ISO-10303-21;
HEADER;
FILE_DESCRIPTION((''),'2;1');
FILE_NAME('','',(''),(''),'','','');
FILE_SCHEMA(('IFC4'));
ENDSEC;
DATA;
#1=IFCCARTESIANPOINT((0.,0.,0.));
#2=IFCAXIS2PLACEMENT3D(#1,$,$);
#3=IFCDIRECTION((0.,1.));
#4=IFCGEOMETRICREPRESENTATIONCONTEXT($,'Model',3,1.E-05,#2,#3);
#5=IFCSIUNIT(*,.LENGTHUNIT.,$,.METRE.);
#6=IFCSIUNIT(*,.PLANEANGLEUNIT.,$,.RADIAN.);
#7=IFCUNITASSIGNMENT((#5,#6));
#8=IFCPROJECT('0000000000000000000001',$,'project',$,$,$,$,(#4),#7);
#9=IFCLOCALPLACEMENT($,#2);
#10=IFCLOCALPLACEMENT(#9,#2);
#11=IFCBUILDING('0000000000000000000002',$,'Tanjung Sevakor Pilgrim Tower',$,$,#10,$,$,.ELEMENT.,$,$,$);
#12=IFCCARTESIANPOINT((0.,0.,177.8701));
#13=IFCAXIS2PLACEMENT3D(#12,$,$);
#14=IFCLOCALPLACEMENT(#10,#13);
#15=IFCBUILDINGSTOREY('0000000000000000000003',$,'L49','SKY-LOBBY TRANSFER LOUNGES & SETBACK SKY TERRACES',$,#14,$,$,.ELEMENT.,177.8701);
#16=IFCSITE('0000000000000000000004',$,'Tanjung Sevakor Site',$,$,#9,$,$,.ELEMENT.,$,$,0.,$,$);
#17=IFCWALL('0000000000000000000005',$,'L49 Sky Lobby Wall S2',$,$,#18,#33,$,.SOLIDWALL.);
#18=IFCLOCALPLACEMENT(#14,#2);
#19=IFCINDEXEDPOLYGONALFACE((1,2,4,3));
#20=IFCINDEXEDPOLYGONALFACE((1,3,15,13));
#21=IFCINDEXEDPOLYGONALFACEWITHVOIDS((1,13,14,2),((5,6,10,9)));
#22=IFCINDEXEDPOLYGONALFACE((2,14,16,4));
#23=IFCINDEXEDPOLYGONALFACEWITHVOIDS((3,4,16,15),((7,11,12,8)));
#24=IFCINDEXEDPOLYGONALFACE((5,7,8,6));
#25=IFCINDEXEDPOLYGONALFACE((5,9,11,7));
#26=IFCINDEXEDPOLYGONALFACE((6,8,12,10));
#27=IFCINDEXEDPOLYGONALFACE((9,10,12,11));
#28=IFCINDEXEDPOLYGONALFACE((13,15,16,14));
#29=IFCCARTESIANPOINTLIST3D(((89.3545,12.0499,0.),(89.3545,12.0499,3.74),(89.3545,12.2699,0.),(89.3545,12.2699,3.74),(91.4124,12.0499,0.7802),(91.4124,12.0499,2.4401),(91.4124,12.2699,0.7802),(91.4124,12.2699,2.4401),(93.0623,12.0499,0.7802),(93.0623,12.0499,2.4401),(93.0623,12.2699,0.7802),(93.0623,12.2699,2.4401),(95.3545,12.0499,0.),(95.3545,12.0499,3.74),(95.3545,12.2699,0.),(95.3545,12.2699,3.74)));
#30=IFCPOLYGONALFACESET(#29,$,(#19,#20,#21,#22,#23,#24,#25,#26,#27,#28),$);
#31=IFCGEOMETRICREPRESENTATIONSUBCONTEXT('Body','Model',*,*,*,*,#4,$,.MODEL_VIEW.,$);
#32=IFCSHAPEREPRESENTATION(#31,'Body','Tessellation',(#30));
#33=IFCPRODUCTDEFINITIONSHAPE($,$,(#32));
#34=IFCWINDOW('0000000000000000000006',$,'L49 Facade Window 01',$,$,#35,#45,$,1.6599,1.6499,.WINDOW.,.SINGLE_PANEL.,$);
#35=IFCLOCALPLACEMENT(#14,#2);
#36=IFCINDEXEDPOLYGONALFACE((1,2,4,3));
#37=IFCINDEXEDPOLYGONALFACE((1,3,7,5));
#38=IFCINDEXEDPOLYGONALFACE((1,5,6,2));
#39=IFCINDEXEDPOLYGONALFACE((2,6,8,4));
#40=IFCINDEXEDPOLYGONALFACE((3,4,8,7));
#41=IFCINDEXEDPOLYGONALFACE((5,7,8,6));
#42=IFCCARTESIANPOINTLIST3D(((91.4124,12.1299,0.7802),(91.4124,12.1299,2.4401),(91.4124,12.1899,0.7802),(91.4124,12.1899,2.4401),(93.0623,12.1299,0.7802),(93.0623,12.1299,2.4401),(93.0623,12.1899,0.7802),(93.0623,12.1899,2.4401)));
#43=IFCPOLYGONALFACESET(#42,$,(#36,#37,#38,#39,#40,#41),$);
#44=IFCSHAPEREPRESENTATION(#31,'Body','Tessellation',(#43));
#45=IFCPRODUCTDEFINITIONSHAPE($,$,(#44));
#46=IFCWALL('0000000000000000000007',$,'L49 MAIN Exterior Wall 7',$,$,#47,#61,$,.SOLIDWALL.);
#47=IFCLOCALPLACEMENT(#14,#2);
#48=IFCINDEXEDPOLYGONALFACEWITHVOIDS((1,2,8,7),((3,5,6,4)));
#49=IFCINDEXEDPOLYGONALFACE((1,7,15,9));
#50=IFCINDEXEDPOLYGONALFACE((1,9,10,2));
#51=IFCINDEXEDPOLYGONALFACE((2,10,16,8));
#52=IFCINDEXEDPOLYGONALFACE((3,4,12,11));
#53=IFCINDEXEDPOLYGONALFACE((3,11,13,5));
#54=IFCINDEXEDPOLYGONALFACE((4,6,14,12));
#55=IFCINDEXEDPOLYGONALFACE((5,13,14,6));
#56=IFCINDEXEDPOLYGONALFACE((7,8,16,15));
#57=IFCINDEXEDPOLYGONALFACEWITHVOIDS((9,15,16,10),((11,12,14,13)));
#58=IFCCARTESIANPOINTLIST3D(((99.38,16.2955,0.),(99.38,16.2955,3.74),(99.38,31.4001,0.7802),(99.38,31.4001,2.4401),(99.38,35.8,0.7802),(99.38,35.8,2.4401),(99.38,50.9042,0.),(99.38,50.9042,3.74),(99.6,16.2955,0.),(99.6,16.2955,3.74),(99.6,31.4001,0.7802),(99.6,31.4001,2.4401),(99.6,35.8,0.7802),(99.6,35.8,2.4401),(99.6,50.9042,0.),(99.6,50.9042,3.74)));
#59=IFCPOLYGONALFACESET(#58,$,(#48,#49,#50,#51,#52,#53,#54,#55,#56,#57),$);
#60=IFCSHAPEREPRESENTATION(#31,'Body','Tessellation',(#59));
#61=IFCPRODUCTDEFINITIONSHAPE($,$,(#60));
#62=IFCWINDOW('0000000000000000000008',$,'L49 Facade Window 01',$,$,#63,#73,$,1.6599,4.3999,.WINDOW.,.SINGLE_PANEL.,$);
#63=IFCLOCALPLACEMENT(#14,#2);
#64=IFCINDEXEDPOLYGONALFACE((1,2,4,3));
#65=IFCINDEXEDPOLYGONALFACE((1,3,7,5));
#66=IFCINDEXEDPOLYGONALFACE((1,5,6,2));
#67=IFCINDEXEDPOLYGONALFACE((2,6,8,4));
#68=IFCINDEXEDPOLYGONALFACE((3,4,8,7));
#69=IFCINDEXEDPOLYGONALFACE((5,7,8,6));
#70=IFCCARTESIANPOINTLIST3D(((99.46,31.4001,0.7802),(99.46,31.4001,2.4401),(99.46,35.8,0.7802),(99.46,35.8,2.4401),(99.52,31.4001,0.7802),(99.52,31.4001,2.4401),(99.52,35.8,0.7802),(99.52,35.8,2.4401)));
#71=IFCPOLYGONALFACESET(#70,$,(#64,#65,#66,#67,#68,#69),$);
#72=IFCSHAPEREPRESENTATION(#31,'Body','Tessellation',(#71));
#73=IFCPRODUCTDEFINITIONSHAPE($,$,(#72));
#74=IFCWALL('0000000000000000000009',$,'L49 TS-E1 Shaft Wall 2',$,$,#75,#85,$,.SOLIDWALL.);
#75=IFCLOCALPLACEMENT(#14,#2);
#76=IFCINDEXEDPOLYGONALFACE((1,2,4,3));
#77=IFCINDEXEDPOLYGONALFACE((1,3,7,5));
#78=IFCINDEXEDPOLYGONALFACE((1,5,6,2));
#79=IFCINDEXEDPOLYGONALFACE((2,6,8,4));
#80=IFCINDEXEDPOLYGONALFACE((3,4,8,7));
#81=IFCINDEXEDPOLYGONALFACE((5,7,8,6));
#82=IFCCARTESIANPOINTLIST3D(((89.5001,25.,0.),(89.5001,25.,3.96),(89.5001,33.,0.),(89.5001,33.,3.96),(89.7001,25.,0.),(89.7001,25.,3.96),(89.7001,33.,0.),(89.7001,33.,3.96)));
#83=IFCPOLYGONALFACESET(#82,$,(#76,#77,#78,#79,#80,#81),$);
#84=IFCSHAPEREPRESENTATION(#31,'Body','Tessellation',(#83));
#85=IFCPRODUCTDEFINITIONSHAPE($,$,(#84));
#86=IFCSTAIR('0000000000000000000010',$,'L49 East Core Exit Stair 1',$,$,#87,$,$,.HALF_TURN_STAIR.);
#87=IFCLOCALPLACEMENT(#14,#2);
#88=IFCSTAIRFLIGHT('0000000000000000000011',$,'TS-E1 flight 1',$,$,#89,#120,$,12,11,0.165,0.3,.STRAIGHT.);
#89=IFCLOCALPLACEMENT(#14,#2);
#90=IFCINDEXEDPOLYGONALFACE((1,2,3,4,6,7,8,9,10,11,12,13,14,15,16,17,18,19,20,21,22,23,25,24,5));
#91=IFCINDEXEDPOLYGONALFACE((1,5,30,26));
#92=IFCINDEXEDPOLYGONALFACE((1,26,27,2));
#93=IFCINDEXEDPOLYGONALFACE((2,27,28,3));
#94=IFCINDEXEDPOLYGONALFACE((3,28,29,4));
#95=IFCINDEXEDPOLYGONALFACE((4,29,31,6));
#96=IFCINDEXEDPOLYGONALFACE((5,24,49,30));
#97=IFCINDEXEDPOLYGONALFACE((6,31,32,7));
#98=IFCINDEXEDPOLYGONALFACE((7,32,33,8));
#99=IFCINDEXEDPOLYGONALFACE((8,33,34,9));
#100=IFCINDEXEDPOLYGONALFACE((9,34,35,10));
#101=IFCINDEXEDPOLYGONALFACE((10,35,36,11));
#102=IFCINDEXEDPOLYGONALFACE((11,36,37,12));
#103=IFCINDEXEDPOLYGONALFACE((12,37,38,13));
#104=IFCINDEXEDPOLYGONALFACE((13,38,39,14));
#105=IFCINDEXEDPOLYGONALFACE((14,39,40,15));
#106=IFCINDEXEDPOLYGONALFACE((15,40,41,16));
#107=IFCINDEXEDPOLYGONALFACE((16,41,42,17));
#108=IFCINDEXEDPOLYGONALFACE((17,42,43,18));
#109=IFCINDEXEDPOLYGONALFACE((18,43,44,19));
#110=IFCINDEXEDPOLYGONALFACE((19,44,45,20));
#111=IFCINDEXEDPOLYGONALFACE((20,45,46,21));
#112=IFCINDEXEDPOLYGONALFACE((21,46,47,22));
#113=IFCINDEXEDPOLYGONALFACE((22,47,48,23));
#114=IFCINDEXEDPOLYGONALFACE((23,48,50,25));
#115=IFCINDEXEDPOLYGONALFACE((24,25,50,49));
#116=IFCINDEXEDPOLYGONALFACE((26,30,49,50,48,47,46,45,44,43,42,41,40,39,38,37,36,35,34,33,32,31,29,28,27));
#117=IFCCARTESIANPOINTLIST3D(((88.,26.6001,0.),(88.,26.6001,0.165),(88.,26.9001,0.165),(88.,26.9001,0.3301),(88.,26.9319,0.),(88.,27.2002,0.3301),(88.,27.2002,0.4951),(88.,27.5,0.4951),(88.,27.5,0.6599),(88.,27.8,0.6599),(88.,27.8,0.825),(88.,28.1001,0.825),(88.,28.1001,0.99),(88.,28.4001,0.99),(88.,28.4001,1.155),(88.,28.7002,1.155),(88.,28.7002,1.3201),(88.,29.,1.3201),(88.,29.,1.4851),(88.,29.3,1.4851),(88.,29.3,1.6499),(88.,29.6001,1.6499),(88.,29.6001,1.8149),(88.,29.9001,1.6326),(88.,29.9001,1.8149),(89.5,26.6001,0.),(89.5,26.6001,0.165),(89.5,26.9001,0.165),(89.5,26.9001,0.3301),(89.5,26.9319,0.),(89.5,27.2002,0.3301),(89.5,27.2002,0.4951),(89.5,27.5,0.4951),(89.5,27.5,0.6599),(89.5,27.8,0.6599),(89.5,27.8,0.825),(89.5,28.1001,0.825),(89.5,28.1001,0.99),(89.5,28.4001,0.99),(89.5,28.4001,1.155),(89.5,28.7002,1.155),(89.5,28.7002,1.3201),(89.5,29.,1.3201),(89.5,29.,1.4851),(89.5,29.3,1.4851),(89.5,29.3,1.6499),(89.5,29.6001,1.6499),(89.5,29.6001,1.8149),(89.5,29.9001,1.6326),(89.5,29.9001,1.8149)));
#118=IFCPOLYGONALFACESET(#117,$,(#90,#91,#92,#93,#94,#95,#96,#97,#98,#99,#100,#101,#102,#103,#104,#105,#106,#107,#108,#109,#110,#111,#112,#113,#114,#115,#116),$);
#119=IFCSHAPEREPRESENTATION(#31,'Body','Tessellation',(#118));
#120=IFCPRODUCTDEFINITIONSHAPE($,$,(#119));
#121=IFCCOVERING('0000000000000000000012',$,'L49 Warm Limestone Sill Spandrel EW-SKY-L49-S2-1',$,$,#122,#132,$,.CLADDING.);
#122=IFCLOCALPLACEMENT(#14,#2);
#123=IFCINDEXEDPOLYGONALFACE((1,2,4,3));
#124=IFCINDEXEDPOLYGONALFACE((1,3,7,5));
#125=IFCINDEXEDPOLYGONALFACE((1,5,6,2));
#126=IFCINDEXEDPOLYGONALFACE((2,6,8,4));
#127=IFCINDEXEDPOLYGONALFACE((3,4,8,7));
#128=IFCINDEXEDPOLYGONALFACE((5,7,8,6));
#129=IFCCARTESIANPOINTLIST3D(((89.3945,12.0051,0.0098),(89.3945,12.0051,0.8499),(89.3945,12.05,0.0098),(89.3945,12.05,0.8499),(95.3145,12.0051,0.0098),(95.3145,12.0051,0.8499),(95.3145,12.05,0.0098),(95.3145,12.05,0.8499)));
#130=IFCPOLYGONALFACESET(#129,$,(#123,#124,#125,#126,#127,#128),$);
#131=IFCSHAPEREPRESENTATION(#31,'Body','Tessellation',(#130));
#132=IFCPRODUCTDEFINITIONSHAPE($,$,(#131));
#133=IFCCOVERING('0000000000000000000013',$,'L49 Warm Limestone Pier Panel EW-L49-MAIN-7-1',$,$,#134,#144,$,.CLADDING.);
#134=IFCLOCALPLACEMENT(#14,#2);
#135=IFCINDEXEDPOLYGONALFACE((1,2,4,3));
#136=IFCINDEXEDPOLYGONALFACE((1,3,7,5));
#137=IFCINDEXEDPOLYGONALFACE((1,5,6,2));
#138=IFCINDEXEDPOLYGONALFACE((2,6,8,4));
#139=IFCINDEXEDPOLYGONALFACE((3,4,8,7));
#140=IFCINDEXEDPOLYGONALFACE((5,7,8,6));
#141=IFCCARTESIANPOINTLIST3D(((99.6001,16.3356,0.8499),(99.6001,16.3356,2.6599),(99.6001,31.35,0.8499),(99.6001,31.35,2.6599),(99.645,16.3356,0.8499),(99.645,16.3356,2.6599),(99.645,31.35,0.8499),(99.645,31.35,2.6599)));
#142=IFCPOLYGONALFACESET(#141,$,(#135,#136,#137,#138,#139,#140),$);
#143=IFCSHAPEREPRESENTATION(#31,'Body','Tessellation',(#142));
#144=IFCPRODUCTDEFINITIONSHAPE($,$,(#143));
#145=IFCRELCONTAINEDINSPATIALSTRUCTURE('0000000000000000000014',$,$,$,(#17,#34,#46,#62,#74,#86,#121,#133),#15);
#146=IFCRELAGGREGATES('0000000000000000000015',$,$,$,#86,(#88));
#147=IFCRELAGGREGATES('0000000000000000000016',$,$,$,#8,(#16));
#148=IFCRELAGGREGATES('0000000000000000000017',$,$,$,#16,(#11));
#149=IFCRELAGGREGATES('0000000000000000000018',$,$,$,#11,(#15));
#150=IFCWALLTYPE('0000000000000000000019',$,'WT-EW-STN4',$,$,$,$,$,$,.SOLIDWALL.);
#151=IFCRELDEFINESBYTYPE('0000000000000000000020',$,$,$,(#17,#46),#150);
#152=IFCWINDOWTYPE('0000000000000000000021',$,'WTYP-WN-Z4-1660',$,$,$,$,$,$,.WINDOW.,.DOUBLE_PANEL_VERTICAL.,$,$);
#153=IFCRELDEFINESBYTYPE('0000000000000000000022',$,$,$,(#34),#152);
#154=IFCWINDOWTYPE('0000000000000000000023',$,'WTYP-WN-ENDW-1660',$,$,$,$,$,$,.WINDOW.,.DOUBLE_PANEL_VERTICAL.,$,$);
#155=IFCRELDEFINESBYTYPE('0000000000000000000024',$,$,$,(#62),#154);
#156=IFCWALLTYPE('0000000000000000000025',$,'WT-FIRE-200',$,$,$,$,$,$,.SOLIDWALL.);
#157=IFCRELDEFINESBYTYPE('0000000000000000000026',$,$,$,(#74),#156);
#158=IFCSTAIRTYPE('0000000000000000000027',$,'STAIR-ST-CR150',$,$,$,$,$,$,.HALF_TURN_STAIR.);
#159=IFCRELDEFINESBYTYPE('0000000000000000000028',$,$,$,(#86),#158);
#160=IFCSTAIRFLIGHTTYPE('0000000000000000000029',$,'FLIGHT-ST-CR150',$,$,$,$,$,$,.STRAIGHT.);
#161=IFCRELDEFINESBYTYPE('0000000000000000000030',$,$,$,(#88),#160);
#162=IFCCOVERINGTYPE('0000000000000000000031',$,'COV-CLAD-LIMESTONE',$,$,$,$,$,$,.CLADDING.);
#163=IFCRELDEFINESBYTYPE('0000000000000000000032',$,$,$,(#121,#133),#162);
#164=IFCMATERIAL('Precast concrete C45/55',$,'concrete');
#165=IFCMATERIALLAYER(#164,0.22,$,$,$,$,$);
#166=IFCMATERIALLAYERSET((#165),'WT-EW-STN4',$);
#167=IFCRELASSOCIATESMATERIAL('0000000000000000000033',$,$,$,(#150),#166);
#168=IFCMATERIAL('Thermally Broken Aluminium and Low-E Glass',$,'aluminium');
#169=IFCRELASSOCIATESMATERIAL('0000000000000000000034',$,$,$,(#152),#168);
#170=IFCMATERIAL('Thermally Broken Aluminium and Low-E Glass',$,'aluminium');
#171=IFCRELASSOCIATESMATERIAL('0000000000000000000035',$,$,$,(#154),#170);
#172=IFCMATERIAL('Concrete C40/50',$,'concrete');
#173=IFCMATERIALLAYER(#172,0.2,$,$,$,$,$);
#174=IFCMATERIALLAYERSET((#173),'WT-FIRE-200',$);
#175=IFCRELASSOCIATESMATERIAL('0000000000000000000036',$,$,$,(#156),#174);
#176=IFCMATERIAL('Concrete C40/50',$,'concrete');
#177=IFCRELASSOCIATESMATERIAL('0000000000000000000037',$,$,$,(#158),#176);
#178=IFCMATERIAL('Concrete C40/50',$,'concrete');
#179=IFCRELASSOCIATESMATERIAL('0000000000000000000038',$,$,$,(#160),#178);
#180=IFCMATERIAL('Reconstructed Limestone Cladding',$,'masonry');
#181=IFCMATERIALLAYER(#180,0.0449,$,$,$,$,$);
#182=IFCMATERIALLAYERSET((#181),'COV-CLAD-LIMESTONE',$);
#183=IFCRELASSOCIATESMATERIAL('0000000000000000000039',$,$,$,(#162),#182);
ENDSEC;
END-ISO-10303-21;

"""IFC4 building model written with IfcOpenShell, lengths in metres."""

from ifc_helpers import new_model, si_unit, direction, frame, frame_2d, origin, origin_2d, place, context, subcontext, project, spatial, polyline, rectangle, outline, extrude, material, layer, layer_set, type_object, element, fill, aggregate, save


model = new_model("IFC4")

# Units and contexts
model_context = context("Model", 3, precision=1e-05, world=origin(), true_north=direction((0.0, 1.0)))
body_context = subcontext(model_context, "Body", "Model", "MODEL_VIEW")
ifc_project = project(units=[si_unit("LENGTHUNIT", "METRE"), si_unit("PLANEANGLEUNIT", "RADIAN")], contexts=[model_context])

# Site, building, storey
site_placement = place(None, origin())
site = spatial("IfcSite", under=ifc_project, at=site_placement, Name="Tanjung Sevakor Site", CompositionType="ELEMENT", RefElevation=0.0)
building_placement = place(site_placement, origin())
building = spatial("IfcBuilding", under=site, at=building_placement, Name="Tanjung Sevakor Pilgrim Tower", CompositionType="ELEMENT")
storey_placement = place(building_placement, frame((0.0, 0.0, 177.8701)))
storey = spatial("IfcBuildingStorey", under=building, at=storey_placement, Name="L49", Description="SKY-LOBBY TRANSFER LOUNGES & SETBACK SKY TERRACES", CompositionType="ELEMENT", Elevation=177.8701)

# Walls, openings, windows
ifc_material_1 = material(Name="Precast concrete C45/55", Category="concrete")
ifc_layer_1 = layer(ifc_material_1, 0.22)
ifc_layer_set_1 = layer_set([ifc_layer_1], Name="WT-EW-STN4")
wall_type_1 = type_object("IfcWallType", Name="WT-EW-STN4", PredefinedType="SOLIDWALL", material=ifc_layer_set_1)
wall_1_placement = place(storey_placement, frame((89.3545, 12.1599, 0.0), z_axis=(0.0, 0.0, 1.0), x_axis=(1.0, 0.0, 0.0)))
wall_1 = element("IfcWall", 1, at=wall_1_placement, inside=storey, type_object=wall_type_1, Name="L49 Sky Lobby Wall S2", PredefinedType="SOLIDWALL", context=body_context, shape_type="SweptSolid", body=[
    extrude(rectangle(XDim=6.0, YDim=0.22, at=frame_2d((3.0, 0.0))), origin(), (0.0, 0.0, 1.0), 3.74),
])
opening_1_placement = place(wall_1_placement, frame((2.0579, 0.0, 0.78)))
opening_1 = element("IfcOpeningElement", 2, at=opening_1_placement, cuts=wall_1, PredefinedType="OPENING", context=body_context, shape_type="SweptSolid", body=[
    extrude(rectangle(XDim=1.6499, YDim=1.6599, at=frame_2d((0.825, 0.8301))), frame((0.0, 0.1199, 0.0), z_axis=(0.0, -1.0, 0.0), x_axis=(1.0, 0.0, 0.0)), (0.0, 0.0, 1.0), 0.24),
])
ifc_material_2 = material(Name="Thermally Broken Aluminium and Low-E Glass", Category="aluminium")
window_type_1 = type_object("IfcWindowType", Name="WTYP-WN-Z4-1660", PartitioningType="DOUBLE_PANEL_VERTICAL", PredefinedType="WINDOW", material=ifc_material_2)
window_1_placement = place(opening_1_placement, origin())
window_1 = element("IfcWindow", 3, at=window_1_placement, inside=storey, type_object=window_type_1, Name="L49 Facade Window 01", OverallHeight=1.6599, OverallWidth=1.6499, PartitioningType="SINGLE_PANEL", PredefinedType="WINDOW", context=body_context, shape_type="SweptSolid", body=[
    extrude(rectangle(XDim=1.6499, YDim=1.6599, at=frame_2d((0.825, 0.8301))), frame((0.0, 0.03, 0.0), z_axis=(0.0, -1.0, 0.0), x_axis=(1.0, 0.0, 0.0)), (0.0, 0.0, 1.0), 0.0601),
])
fill(opening_1, window_1)
wall_2_placement = place(storey_placement, frame((99.49, 16.2957, 0.0), z_axis=(0.0, 0.0, 1.0), x_axis=(0.0, 1.0, 0.0)))
wall_2 = element("IfcWall", 4, at=wall_2_placement, inside=storey, type_object=wall_type_1, Name="L49 MAIN Exterior Wall 7", PredefinedType="SOLIDWALL", context=body_context, shape_type="SweptSolid", body=[
    extrude(rectangle(XDim=34.6086, YDim=0.22, at=frame_2d((17.3042, 0.0))), origin(), (0.0, 0.0, 1.0), 3.74),
])
opening_2_placement = place(wall_2_placement, frame((15.1045, 0.0, 0.78)))
opening_2 = element("IfcOpeningElement", 5, at=opening_2_placement, cuts=wall_2, PredefinedType="OPENING", context=body_context, shape_type="SweptSolid", body=[
    extrude(rectangle(XDim=4.3999, YDim=1.6599, at=frame_2d((2.2, 0.8301))), frame((0.0, 0.1199, 0.0), z_axis=(0.0, -1.0, 0.0), x_axis=(1.0, 0.0, 0.0)), (0.0, 0.0, 1.0), 0.24),
])
ifc_material_3 = material(Name="Thermally Broken Aluminium and Low-E Glass", Category="aluminium")
window_type_2 = type_object("IfcWindowType", Name="WTYP-WN-ENDW-1660", PartitioningType="DOUBLE_PANEL_VERTICAL", PredefinedType="WINDOW", material=ifc_material_3)
window_2_placement = place(opening_2_placement, origin())
window_2 = element("IfcWindow", 6, at=window_2_placement, inside=storey, type_object=window_type_2, Name="L49 Facade Window 01", OverallHeight=1.6599, OverallWidth=4.3999, PartitioningType="SINGLE_PANEL", PredefinedType="WINDOW", context=body_context, shape_type="SweptSolid", body=[
    extrude(rectangle(XDim=4.3999, YDim=1.6599, at=frame_2d((2.2, 0.8301))), frame((0.0, 0.03, 0.0), z_axis=(0.0, -1.0, 0.0), x_axis=(1.0, 0.0, 0.0)), (0.0, 0.0, 1.0), 0.0601),
])
fill(opening_2, window_2)

# Wall
ifc_material_4 = material(Name="Concrete C40/50", Category="concrete")
ifc_layer_2 = layer(ifc_material_4, 0.2)
ifc_layer_set_2 = layer_set([ifc_layer_2], Name="WT-FIRE-200")
wall_type_2 = type_object("IfcWallType", Name="WT-FIRE-200", PredefinedType="SOLIDWALL", material=ifc_layer_set_2)
wall_3_placement = place(storey_placement, frame((89.6001, 25.0, 0.0), z_axis=(0.0, 0.0, 1.0), x_axis=(0.0, 1.0, 0.0)))
element("IfcWall", 7, at=wall_3_placement, inside=storey, type_object=wall_type_2, Name="L49 TS-E1 Shaft Wall 2", PredefinedType="SOLIDWALL", context=body_context, shape_type="SweptSolid", body=[
    extrude(rectangle(XDim=8.0, YDim=0.2, at=frame_2d((4.0, 0.0))), origin(), (0.0, 0.0, 1.0), 3.96),
])

# Stair, stair flight
ifc_material_5 = material(Name="Concrete C40/50", Category="concrete")
stair_type = type_object("IfcStairType", Name="STAIR-ST-CR150", PredefinedType="HALF_TURN_STAIR", material=ifc_material_5)
stair_placement = place(storey_placement, origin())
stair = element("IfcStair", 8, at=stair_placement, inside=storey, type_object=stair_type, Name="L49 East Core Exit Stair 1", PredefinedType="HALF_TURN_STAIR")
ifc_material_6 = material(Name="Concrete C40/50", Category="concrete")
stair_flight_type = type_object("IfcStairFlightType", Name="FLIGHT-ST-CR150", PredefinedType="STRAIGHT", material=ifc_material_6)
stair_flight_placement = place(storey_placement, frame((88.75, 26.6001, 0.0), z_axis=(0.0, 0.0, 1.0), x_axis=(0.0, 1.0, 0.0)))
stair_flight = element("IfcStairFlight", 9, at=stair_flight_placement, type_object=stair_flight_type, Name="TS-E1 flight 1", NumberOfRisers=12, NumberOfTreads=11, PredefinedType="STRAIGHT", RiserHeight=0.165, TreadLength=0.3, context=body_context, shape_type="SweptSolid", body=[
    extrude(outline(polyline([(0.0, 0.0), (0.0, 0.165), (0.3, 0.165), (0.3, 0.3301), (0.6001, 0.3301), (0.6001, 0.4951), (0.8999, 0.4951), (0.8999, 0.6599), (1.2, 0.6599), (1.2, 0.825), (1.5, 0.825), (1.5, 0.99), (1.8, 0.99), (1.8, 1.155), (2.1001, 1.155), (2.1001, 1.3201), (2.3999, 1.3201), (2.3999, 1.4851), (2.7, 1.4851), (2.7, 1.6499), (3.0, 1.6499), (3.0, 1.8149), (3.3, 1.8149), (3.3, 1.98), (3.3, 1.6326), (0.3318, 0.0), (0.0, 0.0)])), frame((0.0, 0.75, 0.0), z_axis=(0.0, -1.0, 0.0), x_axis=(1.0, 0.0, 0.0)), (0.0, 0.0, 1.0), 1.5),
])
aggregate(stair, [stair_flight])

# Coverings
ifc_material_7 = material(Name="Reconstructed Limestone Cladding", Category="masonry")
ifc_layer_3 = layer(ifc_material_7, 0.0449)
ifc_layer_set_3 = layer_set([ifc_layer_3], Name="COV-CLAD-LIMESTONE")
covering_type = type_object("IfcCoveringType", Name="COV-CLAD-LIMESTONE", PredefinedType="CLADDING", material=ifc_layer_set_3)
covering_1_placement = place(storey_placement, frame((92.3545, 12.0276, 0.0098), z_axis=(0.0, 0.0, 1.0), x_axis=(1.0, 0.0, 0.0)))
element("IfcCovering", 10, at=covering_1_placement, inside=storey, type_object=covering_type, Name="L49 Warm Limestone Sill Spandrel EW-SKY-L49-S2-1", PredefinedType="CLADDING", context=body_context, shape_type="SweptSolid", body=[
    extrude(rectangle(XDim=5.9199, YDim=0.0449, at=origin_2d()), origin(), (0.0, 0.0, 1.0), 0.8401),
])
covering_2_placement = place(storey_placement, frame((99.6226, 23.8428, 0.8499), z_axis=(0.0, 0.0, 1.0), x_axis=(0.0, 1.0, 0.0)))
element("IfcCovering", 11, at=covering_2_placement, inside=storey, type_object=covering_type, Name="L49 Warm Limestone Pier Panel EW-L49-MAIN-7-1", PredefinedType="CLADDING", context=body_context, shape_type="SweptSolid", body=[
    extrude(rectangle(XDim=15.0144, YDim=0.0449, at=origin_2d()), origin(), (0.0, 0.0, 1.0), 1.8101),
])

save(model, "model.ifc")
